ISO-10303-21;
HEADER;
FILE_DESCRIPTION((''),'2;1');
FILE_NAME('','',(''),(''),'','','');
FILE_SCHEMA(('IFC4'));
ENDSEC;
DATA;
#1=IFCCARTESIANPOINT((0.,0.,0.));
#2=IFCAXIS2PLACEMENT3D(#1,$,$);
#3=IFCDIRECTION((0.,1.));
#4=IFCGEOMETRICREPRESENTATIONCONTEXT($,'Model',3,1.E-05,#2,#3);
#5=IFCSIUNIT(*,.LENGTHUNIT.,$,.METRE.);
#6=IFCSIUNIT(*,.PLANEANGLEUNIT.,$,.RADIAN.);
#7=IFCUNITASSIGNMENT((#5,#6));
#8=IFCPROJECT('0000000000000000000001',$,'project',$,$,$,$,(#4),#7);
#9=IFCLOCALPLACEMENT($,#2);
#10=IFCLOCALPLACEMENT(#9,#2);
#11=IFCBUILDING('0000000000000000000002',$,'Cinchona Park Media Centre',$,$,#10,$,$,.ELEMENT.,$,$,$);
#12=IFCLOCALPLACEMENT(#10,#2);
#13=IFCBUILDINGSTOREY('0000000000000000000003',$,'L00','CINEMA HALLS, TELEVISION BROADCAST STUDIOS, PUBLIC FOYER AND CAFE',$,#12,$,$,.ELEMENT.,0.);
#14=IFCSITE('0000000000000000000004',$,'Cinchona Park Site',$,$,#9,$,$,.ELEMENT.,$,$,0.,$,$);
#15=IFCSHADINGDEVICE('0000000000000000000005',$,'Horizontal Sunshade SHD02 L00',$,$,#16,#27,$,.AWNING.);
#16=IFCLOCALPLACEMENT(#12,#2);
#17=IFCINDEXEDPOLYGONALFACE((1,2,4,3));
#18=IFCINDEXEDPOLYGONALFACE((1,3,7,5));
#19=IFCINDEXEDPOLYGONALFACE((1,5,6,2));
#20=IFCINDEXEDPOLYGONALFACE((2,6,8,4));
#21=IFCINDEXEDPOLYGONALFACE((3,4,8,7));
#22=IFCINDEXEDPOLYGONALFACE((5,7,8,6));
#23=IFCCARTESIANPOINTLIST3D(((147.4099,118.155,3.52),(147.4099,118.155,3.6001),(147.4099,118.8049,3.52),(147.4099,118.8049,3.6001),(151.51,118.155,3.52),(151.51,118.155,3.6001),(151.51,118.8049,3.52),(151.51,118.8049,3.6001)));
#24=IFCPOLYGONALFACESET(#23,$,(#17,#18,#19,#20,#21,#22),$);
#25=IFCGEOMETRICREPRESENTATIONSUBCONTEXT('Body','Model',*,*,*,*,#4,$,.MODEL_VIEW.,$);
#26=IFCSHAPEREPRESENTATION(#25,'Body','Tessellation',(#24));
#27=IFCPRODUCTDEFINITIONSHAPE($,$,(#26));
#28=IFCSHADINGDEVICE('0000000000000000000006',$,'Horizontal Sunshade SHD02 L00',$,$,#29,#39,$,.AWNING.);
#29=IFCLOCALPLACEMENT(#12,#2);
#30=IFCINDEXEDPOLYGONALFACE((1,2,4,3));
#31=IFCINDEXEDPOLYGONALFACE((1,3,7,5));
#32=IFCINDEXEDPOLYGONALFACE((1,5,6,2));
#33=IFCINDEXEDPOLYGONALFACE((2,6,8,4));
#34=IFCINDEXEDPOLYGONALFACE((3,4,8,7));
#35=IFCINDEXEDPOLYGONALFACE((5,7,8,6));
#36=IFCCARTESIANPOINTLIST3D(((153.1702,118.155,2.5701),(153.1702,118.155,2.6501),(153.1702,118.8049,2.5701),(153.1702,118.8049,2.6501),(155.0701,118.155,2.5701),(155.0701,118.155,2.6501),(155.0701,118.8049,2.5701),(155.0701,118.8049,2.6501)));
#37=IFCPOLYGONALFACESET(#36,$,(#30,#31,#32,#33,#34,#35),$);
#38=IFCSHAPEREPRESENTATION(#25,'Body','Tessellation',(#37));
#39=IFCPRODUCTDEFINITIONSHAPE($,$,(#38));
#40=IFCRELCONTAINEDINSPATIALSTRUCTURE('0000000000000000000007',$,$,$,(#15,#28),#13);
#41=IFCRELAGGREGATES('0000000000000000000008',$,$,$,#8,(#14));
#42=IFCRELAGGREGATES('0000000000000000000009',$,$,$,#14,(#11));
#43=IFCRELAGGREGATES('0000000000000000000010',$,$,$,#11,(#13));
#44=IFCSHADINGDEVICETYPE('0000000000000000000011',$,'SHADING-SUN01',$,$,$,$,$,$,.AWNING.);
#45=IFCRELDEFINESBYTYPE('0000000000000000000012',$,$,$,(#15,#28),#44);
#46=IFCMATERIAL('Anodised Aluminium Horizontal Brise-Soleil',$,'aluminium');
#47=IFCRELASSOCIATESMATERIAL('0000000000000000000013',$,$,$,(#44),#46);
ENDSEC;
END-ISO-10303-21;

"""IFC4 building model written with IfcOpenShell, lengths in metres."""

from ifc_helpers import new_model, si_unit, direction, frame, origin, origin_2d, place, context, subcontext, project, spatial, rectangle, extrude, material, type_object, element, save


model = new_model("IFC4")

# Units and contexts
model_context = context("Model", 3, precision=1e-05, world=origin(), true_north=direction((0.0, 1.0)))
body_context = subcontext(model_context, "Body", "Model", "MODEL_VIEW")
ifc_project = project(units=[si_unit("LENGTHUNIT", "METRE"), si_unit("PLANEANGLEUNIT", "RADIAN")], contexts=[model_context])

# Site, building, storey
site_placement = place(None, origin())
site = spatial("IfcSite", under=ifc_project, at=site_placement, Name="Cinchona Park Site", CompositionType="ELEMENT", RefElevation=0.0)
building_placement = place(site_placement, origin())
building = spatial("IfcBuilding", under=site, at=building_placement, Name="Cinchona Park Media Centre", CompositionType="ELEMENT")
storey_placement = place(building_placement, origin())
storey = spatial("IfcBuildingStorey", under=building, at=storey_placement, Name="L00", Description="CINEMA HALLS, TELEVISION BROADCAST STUDIOS, PUBLIC FOYER AND CAFE", CompositionType="ELEMENT", Elevation=0.0)

# Shading devices
ifc_material_1 = material(Name="Anodised Aluminium Horizontal Brise-Soleil", Category="aluminium")
shading_device_type = type_object("IfcShadingDeviceType", Name="SHADING-SUN01", PredefinedType="AWNING", material=ifc_material_1)
shading_device_1_placement = place(storey_placement, frame((149.46, 118.48, 3.52), z_axis=(0.0, 0.0, 1.0), x_axis=(1.0, 0.0, 0.0)))
element("IfcShadingDevice", 1, at=shading_device_1_placement, inside=storey, type_object=shading_device_type, Name="Horizontal Sunshade SHD02 L00", PredefinedType="AWNING", context=body_context, shape_type="SweptSolid", body=[
    extrude(rectangle(XDim=4.1001, YDim=0.6499, at=origin_2d()), origin(), (0.0, 0.0, 1.0), 0.0801),
])
shading_device_2_placement = place(storey_placement, frame((154.1201, 118.48, 2.5701), z_axis=(0.0, 0.0, 1.0), x_axis=(1.0, 0.0, 0.0)))
element("IfcShadingDevice", 2, at=shading_device_2_placement, inside=storey, type_object=shading_device_type, Name="Horizontal Sunshade SHD02 L00", PredefinedType="AWNING", context=body_context, shape_type="SweptSolid", body=[
    extrude(rectangle(XDim=1.8999, YDim=0.6499, at=origin_2d()), origin(), (0.0, 0.0, 1.0), 0.0801),
])

save(model, "model.ifc")
